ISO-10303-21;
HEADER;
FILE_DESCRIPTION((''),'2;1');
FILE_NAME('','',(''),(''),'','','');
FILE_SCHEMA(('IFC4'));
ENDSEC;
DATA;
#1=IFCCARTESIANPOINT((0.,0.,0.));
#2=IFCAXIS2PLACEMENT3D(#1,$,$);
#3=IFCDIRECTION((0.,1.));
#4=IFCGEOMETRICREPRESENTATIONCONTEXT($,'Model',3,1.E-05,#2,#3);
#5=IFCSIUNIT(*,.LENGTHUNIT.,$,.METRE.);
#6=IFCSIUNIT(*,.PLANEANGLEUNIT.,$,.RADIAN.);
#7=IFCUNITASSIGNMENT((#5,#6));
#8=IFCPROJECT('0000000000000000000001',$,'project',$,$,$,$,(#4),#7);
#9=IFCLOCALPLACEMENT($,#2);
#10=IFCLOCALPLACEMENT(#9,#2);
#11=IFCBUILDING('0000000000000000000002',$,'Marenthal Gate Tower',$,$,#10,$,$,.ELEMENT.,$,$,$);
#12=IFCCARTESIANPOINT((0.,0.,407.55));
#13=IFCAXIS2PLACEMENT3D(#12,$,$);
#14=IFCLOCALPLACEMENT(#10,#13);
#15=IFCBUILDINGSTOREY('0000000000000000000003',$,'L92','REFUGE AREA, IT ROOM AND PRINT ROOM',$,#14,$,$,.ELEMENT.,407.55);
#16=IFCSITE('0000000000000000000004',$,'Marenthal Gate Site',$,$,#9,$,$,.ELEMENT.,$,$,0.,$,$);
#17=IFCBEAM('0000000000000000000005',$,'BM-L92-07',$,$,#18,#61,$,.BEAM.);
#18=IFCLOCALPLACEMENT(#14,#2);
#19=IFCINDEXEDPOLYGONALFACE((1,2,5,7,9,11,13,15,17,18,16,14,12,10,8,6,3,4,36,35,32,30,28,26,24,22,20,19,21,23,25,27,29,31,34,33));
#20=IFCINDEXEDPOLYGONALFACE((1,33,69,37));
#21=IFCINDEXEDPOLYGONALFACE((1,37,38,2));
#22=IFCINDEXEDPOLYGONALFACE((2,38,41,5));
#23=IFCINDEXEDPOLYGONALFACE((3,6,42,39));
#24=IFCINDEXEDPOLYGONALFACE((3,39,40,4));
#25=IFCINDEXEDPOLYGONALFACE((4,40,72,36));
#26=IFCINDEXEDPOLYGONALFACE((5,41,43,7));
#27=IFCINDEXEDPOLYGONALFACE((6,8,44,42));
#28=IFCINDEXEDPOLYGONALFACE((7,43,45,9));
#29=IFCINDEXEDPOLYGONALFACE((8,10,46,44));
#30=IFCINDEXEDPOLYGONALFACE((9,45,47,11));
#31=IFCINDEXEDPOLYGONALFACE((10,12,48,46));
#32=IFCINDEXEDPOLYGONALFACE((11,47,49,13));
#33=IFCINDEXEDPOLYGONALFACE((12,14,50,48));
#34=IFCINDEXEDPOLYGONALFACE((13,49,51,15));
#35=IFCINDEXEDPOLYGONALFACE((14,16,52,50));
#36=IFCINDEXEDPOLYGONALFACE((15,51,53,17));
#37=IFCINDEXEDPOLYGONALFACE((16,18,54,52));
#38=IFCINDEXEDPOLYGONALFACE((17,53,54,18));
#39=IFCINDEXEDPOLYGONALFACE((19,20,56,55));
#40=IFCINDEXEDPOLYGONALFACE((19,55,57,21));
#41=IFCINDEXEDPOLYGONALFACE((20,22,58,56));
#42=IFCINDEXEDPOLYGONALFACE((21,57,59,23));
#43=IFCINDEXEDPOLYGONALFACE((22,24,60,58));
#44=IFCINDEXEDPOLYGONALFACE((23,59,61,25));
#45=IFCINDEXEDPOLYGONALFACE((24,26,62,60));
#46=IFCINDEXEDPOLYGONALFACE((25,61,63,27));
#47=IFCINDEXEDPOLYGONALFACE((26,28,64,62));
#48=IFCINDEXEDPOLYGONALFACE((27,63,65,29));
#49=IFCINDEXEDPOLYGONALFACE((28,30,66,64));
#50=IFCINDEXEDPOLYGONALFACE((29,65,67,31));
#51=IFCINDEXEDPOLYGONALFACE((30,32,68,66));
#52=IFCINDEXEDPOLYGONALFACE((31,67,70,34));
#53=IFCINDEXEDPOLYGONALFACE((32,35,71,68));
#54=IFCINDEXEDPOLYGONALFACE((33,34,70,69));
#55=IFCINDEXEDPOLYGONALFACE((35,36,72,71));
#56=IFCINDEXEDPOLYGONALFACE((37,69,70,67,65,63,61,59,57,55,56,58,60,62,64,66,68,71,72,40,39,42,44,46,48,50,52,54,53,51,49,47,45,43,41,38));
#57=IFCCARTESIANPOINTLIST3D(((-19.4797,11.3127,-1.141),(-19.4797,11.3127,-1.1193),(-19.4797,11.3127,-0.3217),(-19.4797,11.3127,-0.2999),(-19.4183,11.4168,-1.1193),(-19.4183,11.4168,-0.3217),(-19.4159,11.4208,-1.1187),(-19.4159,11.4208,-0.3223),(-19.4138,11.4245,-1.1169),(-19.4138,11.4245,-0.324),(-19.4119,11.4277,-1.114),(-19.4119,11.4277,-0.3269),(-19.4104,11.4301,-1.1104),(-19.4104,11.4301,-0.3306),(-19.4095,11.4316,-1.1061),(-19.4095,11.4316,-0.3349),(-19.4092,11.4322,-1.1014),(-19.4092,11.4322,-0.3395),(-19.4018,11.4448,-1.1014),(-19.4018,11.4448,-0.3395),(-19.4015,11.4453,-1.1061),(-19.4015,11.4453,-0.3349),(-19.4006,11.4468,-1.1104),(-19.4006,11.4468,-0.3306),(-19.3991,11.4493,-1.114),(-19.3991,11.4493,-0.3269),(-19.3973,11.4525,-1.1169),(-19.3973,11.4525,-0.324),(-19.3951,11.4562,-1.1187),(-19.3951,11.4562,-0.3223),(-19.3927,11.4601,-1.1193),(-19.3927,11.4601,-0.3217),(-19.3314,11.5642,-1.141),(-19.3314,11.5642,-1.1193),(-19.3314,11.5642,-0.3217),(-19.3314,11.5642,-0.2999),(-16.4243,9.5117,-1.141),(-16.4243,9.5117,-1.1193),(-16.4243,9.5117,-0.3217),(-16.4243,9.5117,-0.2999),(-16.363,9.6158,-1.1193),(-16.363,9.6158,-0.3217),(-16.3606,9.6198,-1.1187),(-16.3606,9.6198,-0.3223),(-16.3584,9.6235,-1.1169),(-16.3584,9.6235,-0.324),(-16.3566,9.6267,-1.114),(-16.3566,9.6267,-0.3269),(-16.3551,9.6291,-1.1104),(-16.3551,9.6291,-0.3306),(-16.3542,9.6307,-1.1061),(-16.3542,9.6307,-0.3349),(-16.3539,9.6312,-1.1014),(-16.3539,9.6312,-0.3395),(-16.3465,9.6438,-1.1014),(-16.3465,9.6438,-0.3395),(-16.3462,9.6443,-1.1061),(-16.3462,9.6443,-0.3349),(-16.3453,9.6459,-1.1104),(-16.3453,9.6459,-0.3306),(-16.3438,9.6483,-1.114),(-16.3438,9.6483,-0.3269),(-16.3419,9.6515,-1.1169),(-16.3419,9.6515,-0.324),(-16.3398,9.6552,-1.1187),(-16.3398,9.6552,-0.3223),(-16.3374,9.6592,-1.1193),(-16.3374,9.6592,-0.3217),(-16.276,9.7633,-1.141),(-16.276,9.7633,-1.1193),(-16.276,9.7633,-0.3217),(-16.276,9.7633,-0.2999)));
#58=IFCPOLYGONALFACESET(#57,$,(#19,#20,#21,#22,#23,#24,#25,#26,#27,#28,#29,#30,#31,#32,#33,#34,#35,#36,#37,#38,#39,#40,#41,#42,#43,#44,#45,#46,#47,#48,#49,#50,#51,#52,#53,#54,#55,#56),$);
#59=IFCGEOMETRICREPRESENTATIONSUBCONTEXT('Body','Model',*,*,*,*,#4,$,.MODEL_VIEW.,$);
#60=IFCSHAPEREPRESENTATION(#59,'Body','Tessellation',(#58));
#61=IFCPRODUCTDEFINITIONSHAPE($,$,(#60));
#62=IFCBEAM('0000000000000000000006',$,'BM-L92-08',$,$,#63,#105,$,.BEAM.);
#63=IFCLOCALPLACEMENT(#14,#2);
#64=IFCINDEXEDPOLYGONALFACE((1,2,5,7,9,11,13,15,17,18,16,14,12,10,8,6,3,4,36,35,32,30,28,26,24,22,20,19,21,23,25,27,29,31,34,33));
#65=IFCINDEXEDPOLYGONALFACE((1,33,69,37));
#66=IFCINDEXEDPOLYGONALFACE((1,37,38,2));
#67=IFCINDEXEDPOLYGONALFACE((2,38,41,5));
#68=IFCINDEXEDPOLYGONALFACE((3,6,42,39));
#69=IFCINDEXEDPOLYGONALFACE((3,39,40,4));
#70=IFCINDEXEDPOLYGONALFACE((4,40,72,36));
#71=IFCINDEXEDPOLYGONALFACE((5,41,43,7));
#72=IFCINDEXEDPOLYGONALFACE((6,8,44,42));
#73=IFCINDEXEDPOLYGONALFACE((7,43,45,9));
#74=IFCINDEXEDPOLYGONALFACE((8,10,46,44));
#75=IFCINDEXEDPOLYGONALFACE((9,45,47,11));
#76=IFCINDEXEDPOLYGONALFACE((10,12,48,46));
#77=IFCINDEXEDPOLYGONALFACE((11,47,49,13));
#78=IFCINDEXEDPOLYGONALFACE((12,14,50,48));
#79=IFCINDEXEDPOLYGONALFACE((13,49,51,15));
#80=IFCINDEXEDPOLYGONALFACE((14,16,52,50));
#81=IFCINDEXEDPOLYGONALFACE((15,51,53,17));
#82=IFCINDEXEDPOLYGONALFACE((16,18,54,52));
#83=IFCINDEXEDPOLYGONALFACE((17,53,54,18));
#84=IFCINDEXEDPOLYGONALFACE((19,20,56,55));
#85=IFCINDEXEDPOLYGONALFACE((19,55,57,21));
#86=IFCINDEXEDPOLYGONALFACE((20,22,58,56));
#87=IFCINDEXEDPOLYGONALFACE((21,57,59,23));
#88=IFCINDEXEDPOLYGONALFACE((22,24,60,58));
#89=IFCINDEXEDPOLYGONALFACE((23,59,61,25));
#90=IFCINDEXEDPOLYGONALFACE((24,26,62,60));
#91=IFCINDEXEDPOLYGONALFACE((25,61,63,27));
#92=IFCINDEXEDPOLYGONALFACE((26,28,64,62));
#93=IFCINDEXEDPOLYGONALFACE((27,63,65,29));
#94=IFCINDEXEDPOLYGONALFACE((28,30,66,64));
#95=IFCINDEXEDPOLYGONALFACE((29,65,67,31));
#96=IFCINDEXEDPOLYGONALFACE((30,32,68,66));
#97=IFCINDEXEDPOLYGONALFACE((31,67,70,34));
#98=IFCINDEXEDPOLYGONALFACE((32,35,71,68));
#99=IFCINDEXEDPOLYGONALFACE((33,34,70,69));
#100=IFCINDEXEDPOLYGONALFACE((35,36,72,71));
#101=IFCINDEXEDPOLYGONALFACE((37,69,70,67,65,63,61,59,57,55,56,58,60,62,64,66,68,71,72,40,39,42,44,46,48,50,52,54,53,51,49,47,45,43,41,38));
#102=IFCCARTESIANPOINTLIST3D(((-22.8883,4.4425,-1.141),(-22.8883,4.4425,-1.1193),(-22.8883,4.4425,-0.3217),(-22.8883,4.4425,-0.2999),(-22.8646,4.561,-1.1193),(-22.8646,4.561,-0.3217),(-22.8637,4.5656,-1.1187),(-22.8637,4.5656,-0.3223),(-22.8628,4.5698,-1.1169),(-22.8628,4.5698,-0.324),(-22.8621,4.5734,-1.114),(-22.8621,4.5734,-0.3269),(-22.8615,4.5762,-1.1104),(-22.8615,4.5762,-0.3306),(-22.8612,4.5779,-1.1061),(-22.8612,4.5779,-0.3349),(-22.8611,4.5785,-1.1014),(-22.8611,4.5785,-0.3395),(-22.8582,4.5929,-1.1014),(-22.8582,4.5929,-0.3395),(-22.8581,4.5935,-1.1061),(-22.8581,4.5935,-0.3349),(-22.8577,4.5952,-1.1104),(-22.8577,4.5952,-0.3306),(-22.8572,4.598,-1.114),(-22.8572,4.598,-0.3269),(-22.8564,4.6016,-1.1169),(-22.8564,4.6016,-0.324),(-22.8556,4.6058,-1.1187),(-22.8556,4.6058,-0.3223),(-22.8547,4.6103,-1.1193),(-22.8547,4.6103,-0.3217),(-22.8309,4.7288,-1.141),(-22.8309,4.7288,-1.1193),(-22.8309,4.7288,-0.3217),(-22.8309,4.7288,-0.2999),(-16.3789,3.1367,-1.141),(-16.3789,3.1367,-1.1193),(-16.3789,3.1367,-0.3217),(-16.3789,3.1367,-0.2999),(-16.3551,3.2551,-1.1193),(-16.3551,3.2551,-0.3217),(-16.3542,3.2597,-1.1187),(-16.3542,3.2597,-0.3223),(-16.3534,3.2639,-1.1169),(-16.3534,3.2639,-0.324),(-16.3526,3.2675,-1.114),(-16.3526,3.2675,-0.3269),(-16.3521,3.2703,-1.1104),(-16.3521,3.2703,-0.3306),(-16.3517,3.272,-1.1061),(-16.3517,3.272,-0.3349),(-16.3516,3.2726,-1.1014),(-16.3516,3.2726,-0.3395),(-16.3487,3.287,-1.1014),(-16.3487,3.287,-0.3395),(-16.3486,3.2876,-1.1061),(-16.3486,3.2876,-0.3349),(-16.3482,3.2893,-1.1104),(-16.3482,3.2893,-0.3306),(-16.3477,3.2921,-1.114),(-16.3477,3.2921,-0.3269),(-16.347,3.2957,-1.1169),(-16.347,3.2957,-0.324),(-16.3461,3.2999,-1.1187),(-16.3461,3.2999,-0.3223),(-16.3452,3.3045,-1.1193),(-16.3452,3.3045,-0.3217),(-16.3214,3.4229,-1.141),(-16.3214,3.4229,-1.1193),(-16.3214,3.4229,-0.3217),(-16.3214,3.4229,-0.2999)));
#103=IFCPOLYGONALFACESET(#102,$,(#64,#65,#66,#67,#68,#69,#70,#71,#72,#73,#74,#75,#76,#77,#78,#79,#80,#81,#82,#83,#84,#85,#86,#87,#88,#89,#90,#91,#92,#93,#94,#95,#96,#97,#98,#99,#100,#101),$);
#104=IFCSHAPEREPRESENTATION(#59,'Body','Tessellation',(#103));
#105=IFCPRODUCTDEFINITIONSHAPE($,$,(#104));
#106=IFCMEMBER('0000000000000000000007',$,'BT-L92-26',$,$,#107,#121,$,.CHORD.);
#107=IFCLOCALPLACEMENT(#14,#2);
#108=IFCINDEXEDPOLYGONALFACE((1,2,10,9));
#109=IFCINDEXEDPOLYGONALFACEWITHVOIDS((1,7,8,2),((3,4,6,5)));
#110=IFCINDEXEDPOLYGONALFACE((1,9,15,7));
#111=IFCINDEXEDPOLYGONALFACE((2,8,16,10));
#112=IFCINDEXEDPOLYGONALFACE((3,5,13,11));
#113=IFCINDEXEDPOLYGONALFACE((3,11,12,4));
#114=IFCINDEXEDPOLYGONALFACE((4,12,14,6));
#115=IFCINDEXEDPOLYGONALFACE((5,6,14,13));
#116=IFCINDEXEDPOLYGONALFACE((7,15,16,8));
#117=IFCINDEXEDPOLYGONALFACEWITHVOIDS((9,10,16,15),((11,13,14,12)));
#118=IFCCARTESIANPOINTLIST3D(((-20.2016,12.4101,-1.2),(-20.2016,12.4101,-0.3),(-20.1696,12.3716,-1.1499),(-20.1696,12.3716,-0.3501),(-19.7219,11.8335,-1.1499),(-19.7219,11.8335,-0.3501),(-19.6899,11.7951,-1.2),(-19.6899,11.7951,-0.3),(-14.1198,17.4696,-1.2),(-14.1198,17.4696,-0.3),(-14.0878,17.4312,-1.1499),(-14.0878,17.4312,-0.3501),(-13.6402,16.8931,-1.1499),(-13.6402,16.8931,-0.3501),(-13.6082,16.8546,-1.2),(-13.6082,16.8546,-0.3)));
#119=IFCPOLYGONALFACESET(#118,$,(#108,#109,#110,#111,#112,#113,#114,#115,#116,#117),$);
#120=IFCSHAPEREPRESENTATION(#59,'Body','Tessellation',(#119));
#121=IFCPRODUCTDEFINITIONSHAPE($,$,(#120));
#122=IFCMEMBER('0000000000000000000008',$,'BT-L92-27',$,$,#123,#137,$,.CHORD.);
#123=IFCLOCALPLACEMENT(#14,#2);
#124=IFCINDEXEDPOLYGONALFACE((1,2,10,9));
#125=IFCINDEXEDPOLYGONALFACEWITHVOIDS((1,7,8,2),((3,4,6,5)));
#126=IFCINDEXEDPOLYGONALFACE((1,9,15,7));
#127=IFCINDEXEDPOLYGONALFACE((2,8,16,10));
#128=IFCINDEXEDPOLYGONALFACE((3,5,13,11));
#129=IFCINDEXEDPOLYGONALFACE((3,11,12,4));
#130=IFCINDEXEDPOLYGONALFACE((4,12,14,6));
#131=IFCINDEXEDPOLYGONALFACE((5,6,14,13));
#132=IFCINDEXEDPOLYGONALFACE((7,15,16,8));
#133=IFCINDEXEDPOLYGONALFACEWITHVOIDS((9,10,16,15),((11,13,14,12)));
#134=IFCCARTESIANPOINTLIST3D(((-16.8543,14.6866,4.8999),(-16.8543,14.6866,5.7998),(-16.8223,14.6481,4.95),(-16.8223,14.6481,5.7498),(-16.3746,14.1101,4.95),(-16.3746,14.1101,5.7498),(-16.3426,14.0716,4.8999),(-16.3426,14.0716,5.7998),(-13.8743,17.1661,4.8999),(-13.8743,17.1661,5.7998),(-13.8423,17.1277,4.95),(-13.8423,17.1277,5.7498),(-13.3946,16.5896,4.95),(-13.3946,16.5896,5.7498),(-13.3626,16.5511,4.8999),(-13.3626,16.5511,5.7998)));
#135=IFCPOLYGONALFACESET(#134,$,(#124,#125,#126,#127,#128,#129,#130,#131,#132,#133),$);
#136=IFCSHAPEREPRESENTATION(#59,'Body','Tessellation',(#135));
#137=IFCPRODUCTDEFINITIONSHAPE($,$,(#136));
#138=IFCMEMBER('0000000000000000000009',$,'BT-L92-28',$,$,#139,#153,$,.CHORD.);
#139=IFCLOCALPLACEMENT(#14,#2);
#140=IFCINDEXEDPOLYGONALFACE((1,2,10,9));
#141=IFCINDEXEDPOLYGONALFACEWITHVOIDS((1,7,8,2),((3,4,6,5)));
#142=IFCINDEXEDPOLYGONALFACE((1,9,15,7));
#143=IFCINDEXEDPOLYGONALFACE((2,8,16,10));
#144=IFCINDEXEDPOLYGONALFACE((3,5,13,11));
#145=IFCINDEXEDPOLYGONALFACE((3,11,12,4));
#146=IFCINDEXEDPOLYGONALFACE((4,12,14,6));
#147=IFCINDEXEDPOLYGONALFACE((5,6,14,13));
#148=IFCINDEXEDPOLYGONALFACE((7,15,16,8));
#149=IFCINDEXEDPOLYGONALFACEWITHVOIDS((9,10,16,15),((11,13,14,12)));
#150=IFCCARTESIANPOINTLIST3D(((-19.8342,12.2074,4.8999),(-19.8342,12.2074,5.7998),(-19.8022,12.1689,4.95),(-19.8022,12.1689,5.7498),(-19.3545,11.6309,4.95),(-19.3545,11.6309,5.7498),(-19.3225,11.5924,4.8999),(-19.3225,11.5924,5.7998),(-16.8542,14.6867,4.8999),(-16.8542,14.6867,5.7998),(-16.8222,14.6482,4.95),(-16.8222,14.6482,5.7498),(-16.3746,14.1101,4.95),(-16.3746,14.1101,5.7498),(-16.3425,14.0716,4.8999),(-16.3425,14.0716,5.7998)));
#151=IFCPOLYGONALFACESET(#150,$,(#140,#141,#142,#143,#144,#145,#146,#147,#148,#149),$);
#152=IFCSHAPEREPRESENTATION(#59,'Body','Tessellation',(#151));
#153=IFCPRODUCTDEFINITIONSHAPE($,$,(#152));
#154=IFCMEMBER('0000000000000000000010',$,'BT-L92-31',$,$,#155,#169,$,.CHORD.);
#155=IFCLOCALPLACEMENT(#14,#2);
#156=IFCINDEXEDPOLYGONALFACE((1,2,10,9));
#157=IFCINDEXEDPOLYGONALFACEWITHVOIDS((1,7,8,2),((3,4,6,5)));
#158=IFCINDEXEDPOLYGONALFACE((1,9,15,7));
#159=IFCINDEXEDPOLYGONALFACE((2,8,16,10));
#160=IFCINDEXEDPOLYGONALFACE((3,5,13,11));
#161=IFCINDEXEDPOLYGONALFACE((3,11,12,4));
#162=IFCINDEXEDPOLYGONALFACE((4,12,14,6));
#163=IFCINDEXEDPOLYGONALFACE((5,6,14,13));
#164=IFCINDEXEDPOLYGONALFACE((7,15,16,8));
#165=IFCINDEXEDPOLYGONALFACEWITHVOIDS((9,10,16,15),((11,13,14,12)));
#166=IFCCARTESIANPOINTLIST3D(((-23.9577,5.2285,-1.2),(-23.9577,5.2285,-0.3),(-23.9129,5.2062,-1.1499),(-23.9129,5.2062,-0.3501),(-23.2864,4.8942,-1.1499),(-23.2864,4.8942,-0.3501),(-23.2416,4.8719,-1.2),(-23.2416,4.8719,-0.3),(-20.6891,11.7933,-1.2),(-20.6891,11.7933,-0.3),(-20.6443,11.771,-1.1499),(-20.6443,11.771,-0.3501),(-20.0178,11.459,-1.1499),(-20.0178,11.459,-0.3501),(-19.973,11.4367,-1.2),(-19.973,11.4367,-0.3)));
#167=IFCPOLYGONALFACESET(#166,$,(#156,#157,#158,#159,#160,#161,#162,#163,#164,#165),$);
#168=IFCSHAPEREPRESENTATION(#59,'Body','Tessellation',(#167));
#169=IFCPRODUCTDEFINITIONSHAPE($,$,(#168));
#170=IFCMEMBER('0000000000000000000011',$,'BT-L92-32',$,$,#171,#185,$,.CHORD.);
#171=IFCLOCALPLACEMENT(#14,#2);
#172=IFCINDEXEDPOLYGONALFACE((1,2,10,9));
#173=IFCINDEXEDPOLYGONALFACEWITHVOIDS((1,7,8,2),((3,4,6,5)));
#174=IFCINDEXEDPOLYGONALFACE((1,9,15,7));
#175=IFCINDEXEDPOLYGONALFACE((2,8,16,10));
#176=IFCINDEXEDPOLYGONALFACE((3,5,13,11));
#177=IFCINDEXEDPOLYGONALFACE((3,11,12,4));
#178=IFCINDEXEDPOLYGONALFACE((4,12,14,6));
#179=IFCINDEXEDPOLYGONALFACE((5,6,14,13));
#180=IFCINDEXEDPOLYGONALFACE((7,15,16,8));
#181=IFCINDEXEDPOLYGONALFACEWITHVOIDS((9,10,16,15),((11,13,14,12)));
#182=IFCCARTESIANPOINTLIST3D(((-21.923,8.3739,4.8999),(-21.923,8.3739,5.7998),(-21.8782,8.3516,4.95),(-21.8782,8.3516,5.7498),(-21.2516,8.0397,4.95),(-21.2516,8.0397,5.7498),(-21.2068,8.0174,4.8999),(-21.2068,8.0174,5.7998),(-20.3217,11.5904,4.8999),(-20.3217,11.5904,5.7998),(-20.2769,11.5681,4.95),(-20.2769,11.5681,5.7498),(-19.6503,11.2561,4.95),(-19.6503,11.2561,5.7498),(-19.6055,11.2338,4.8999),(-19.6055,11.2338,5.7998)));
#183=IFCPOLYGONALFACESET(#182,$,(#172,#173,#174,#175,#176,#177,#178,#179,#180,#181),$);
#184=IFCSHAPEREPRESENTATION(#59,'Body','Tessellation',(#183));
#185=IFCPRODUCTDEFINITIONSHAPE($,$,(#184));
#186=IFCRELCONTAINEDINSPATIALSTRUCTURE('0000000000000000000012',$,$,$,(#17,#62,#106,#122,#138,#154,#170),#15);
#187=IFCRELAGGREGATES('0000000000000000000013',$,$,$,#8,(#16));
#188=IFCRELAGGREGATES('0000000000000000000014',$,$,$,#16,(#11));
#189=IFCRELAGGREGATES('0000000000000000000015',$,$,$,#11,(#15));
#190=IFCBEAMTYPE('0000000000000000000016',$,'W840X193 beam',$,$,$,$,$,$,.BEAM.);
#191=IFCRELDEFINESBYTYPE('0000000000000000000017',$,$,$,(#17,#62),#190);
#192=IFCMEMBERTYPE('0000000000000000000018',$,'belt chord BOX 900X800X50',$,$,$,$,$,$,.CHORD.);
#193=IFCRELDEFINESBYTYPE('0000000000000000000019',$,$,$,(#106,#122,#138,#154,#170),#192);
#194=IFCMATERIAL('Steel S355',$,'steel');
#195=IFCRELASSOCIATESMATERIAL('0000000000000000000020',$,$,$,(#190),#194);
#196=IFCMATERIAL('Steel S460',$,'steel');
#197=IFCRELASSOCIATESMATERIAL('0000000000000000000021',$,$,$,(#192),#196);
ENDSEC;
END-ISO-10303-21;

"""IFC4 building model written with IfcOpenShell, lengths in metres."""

from ifc_helpers import new_model, si_unit, direction, frame, origin, origin_2d, place, context, subcontext, project, spatial, hollow_rectangle, i_section, extrude, material, material_profile, profile_set, type_object, element, save


model = new_model("IFC4")

# Units and contexts
model_context = context("Model", 3, precision=1e-05, world=origin(), true_north=direction((0.0, 1.0)))
body_context = subcontext(model_context, "Body", "Model", "MODEL_VIEW")
ifc_project = project(units=[si_unit("LENGTHUNIT", "METRE"), si_unit("PLANEANGLEUNIT", "RADIAN")], contexts=[model_context])

# Site, building, storey
site_placement = place(None, origin())
site = spatial("IfcSite", under=ifc_project, at=site_placement, Name="Marenthal Gate Site", CompositionType="ELEMENT", RefElevation=0.0)
building_placement = place(site_placement, origin())
building = spatial("IfcBuilding", under=site, at=building_placement, Name="Marenthal Gate Tower", CompositionType="ELEMENT")
storey_placement = place(building_placement, frame((0.0, 0.0, 407.55)))
storey = spatial("IfcBuildingStorey", under=building, at=storey_placement, Name="L92", Description="REFUGE AREA, IT ROOM AND PRINT ROOM", CompositionType="ELEMENT", Elevation=407.55)

# Beams
ifc_material_1 = material(Name="Steel S355", Category="steel")
ifc_material_profile_1 = material_profile(ifc_material_1, i_section(OverallWidth=0.292, OverallDepth=0.8411, WebThickness=0.0146, FlangeThickness=0.0217, FilletRadius=0.0178, at=origin_2d()), Name="W840X193")
ifc_profile_set_1 = profile_set([ifc_material_profile_1], Name="Steel S355")
beam_type_1 = type_object("IfcBeamType", Name="W840X193 beam", PredefinedType="BEAM", material=ifc_profile_set_1)
beam_1_placement = place(storey_placement, frame((-19.4055, 11.4385, -0.7205), z_axis=(0.861476, -0.507799, 0.0), x_axis=(0.507799, 0.861476, 0.0)))
element("IfcBeam", 1, at=beam_1_placement, inside=storey, type_object=beam_type_1, Name="BM-L92-07", PredefinedType="BEAM", context=body_context, shape_type="SweptSolid", body=[
    extrude(i_section(OverallWidth=0.292, OverallDepth=0.8411, WebThickness=0.0146, FlangeThickness=0.0217, FilletRadius=0.0178, at=origin_2d()), origin(), (0.0, 0.0, 1.0), 3.5466),
])
beam_2_placement = place(storey_placement, frame((-22.8596, 4.5857, -0.7205), z_axis=(0.980465, -0.196696, 0.0), x_axis=(0.196696, 0.980465, 0.0)))
element("IfcBeam", 2, at=beam_2_placement, inside=storey, type_object=beam_type_1, Name="BM-L92-08", PredefinedType="BEAM", context=body_context, shape_type="SweptSolid", body=[
    extrude(i_section(OverallWidth=0.292, OverallDepth=0.8411, WebThickness=0.0146, FlangeThickness=0.0217, FilletRadius=0.0178, at=origin_2d()), origin(), (0.0, 0.0, 1.0), 6.6392),
])

# Members
ifc_material_2 = material(Name="Steel S460", Category="steel")
ifc_material_profile_2 = material_profile(ifc_material_2, hollow_rectangle(XDim=0.8, YDim=0.8999, WallThickness=0.05, at=origin_2d()), Name="BOX 900X800X50")
ifc_profile_set_2 = profile_set([ifc_material_profile_2], Name="Steel S460")
member_type_1 = type_object("IfcMemberType", Name="belt chord BOX 900X800X50", PredefinedType="CHORD", material=ifc_profile_set_2)
member_1_placement = place(storey_placement, frame((-13.864, 17.1621, -0.75), z_axis=(-0.768755, -0.639544, 0.0), x_axis=(0.639544, -0.768755, 0.0)))
element("IfcMember", 3, at=member_1_placement, inside=storey, type_object=member_type_1, Name="BT-L92-26", PredefinedType="CHORD", context=body_context, shape_type="SweptSolid", body=[
    extrude(hollow_rectangle(XDim=0.8, YDim=0.8999, WallThickness=0.05, at=origin_2d()), origin(), (0.0, 0.0, 1.0), 7.9111),
])
member_2_placement = place(storey_placement, frame((-13.6184, 16.8586, 5.3499), z_axis=(-0.768706, -0.639602, 0.0), x_axis=(0.639602, -0.768706, 0.0)))
element("IfcMember", 4, at=member_2_placement, inside=storey, type_object=member_type_1, Name="BT-L92-27", PredefinedType="CHORD", context=body_context, shape_type="SweptSolid", body=[
    extrude(hollow_rectangle(XDim=0.8, YDim=0.8999, WallThickness=0.05, at=origin_2d()), origin(), (0.0, 0.0, 1.0), 3.8767),
])
member_3_placement = place(storey_placement, frame((-16.5984, 14.3792, 5.3499), z_axis=(-0.768737, -0.639565, 0.0), x_axis=(0.639565, -0.768737, 0.0)))
element("IfcMember", 5, at=member_3_placement, inside=storey, type_object=member_type_1, Name="BT-L92-28", PredefinedType="CHORD", context=body_context, shape_type="SweptSolid", body=[
    extrude(hollow_rectangle(XDim=0.8, YDim=0.8999, WallThickness=0.05, at=origin_2d()), origin(), (0.0, 0.0, 1.0), 3.8765),
])
member_4_placement = place(storey_placement, frame((-20.3311, 11.615, -0.75), z_axis=(-0.445708, -0.895178, 0.0), x_axis=(0.895178, -0.445708, 0.0)))
element("IfcMember", 6, at=member_4_placement, inside=storey, type_object=member_type_1, Name="BT-L92-31", PredefinedType="CHORD", context=body_context, shape_type="SweptSolid", body=[
    extrude(hollow_rectangle(XDim=0.8, YDim=0.8999, WallThickness=0.05, at=origin_2d()), origin(), (0.0, 0.0, 1.0), 7.3335),
])
for number, where, z_axis, x_axis, name in (
    (7, (-19.9636, 11.4121, 5.3499), (-0.445664, -0.8952, 0.0), (0.8952, -0.445664, 0.0), "BT-L92-32"),
):
    element("IfcMember", number, at=place(storey_placement, frame(where, z_axis=z_axis, x_axis=x_axis)), inside=storey, type_object=member_type_1, Name=name, PredefinedType="CHORD", context=body_context, shape_type="SweptSolid", body=[
        extrude(hollow_rectangle(XDim=0.8, YDim=0.8999, WallThickness=0.05, at=origin_2d()), origin(), (0.0, 0.0, 1.0), 3.593),
    ])

save(model, "model.ifc")
